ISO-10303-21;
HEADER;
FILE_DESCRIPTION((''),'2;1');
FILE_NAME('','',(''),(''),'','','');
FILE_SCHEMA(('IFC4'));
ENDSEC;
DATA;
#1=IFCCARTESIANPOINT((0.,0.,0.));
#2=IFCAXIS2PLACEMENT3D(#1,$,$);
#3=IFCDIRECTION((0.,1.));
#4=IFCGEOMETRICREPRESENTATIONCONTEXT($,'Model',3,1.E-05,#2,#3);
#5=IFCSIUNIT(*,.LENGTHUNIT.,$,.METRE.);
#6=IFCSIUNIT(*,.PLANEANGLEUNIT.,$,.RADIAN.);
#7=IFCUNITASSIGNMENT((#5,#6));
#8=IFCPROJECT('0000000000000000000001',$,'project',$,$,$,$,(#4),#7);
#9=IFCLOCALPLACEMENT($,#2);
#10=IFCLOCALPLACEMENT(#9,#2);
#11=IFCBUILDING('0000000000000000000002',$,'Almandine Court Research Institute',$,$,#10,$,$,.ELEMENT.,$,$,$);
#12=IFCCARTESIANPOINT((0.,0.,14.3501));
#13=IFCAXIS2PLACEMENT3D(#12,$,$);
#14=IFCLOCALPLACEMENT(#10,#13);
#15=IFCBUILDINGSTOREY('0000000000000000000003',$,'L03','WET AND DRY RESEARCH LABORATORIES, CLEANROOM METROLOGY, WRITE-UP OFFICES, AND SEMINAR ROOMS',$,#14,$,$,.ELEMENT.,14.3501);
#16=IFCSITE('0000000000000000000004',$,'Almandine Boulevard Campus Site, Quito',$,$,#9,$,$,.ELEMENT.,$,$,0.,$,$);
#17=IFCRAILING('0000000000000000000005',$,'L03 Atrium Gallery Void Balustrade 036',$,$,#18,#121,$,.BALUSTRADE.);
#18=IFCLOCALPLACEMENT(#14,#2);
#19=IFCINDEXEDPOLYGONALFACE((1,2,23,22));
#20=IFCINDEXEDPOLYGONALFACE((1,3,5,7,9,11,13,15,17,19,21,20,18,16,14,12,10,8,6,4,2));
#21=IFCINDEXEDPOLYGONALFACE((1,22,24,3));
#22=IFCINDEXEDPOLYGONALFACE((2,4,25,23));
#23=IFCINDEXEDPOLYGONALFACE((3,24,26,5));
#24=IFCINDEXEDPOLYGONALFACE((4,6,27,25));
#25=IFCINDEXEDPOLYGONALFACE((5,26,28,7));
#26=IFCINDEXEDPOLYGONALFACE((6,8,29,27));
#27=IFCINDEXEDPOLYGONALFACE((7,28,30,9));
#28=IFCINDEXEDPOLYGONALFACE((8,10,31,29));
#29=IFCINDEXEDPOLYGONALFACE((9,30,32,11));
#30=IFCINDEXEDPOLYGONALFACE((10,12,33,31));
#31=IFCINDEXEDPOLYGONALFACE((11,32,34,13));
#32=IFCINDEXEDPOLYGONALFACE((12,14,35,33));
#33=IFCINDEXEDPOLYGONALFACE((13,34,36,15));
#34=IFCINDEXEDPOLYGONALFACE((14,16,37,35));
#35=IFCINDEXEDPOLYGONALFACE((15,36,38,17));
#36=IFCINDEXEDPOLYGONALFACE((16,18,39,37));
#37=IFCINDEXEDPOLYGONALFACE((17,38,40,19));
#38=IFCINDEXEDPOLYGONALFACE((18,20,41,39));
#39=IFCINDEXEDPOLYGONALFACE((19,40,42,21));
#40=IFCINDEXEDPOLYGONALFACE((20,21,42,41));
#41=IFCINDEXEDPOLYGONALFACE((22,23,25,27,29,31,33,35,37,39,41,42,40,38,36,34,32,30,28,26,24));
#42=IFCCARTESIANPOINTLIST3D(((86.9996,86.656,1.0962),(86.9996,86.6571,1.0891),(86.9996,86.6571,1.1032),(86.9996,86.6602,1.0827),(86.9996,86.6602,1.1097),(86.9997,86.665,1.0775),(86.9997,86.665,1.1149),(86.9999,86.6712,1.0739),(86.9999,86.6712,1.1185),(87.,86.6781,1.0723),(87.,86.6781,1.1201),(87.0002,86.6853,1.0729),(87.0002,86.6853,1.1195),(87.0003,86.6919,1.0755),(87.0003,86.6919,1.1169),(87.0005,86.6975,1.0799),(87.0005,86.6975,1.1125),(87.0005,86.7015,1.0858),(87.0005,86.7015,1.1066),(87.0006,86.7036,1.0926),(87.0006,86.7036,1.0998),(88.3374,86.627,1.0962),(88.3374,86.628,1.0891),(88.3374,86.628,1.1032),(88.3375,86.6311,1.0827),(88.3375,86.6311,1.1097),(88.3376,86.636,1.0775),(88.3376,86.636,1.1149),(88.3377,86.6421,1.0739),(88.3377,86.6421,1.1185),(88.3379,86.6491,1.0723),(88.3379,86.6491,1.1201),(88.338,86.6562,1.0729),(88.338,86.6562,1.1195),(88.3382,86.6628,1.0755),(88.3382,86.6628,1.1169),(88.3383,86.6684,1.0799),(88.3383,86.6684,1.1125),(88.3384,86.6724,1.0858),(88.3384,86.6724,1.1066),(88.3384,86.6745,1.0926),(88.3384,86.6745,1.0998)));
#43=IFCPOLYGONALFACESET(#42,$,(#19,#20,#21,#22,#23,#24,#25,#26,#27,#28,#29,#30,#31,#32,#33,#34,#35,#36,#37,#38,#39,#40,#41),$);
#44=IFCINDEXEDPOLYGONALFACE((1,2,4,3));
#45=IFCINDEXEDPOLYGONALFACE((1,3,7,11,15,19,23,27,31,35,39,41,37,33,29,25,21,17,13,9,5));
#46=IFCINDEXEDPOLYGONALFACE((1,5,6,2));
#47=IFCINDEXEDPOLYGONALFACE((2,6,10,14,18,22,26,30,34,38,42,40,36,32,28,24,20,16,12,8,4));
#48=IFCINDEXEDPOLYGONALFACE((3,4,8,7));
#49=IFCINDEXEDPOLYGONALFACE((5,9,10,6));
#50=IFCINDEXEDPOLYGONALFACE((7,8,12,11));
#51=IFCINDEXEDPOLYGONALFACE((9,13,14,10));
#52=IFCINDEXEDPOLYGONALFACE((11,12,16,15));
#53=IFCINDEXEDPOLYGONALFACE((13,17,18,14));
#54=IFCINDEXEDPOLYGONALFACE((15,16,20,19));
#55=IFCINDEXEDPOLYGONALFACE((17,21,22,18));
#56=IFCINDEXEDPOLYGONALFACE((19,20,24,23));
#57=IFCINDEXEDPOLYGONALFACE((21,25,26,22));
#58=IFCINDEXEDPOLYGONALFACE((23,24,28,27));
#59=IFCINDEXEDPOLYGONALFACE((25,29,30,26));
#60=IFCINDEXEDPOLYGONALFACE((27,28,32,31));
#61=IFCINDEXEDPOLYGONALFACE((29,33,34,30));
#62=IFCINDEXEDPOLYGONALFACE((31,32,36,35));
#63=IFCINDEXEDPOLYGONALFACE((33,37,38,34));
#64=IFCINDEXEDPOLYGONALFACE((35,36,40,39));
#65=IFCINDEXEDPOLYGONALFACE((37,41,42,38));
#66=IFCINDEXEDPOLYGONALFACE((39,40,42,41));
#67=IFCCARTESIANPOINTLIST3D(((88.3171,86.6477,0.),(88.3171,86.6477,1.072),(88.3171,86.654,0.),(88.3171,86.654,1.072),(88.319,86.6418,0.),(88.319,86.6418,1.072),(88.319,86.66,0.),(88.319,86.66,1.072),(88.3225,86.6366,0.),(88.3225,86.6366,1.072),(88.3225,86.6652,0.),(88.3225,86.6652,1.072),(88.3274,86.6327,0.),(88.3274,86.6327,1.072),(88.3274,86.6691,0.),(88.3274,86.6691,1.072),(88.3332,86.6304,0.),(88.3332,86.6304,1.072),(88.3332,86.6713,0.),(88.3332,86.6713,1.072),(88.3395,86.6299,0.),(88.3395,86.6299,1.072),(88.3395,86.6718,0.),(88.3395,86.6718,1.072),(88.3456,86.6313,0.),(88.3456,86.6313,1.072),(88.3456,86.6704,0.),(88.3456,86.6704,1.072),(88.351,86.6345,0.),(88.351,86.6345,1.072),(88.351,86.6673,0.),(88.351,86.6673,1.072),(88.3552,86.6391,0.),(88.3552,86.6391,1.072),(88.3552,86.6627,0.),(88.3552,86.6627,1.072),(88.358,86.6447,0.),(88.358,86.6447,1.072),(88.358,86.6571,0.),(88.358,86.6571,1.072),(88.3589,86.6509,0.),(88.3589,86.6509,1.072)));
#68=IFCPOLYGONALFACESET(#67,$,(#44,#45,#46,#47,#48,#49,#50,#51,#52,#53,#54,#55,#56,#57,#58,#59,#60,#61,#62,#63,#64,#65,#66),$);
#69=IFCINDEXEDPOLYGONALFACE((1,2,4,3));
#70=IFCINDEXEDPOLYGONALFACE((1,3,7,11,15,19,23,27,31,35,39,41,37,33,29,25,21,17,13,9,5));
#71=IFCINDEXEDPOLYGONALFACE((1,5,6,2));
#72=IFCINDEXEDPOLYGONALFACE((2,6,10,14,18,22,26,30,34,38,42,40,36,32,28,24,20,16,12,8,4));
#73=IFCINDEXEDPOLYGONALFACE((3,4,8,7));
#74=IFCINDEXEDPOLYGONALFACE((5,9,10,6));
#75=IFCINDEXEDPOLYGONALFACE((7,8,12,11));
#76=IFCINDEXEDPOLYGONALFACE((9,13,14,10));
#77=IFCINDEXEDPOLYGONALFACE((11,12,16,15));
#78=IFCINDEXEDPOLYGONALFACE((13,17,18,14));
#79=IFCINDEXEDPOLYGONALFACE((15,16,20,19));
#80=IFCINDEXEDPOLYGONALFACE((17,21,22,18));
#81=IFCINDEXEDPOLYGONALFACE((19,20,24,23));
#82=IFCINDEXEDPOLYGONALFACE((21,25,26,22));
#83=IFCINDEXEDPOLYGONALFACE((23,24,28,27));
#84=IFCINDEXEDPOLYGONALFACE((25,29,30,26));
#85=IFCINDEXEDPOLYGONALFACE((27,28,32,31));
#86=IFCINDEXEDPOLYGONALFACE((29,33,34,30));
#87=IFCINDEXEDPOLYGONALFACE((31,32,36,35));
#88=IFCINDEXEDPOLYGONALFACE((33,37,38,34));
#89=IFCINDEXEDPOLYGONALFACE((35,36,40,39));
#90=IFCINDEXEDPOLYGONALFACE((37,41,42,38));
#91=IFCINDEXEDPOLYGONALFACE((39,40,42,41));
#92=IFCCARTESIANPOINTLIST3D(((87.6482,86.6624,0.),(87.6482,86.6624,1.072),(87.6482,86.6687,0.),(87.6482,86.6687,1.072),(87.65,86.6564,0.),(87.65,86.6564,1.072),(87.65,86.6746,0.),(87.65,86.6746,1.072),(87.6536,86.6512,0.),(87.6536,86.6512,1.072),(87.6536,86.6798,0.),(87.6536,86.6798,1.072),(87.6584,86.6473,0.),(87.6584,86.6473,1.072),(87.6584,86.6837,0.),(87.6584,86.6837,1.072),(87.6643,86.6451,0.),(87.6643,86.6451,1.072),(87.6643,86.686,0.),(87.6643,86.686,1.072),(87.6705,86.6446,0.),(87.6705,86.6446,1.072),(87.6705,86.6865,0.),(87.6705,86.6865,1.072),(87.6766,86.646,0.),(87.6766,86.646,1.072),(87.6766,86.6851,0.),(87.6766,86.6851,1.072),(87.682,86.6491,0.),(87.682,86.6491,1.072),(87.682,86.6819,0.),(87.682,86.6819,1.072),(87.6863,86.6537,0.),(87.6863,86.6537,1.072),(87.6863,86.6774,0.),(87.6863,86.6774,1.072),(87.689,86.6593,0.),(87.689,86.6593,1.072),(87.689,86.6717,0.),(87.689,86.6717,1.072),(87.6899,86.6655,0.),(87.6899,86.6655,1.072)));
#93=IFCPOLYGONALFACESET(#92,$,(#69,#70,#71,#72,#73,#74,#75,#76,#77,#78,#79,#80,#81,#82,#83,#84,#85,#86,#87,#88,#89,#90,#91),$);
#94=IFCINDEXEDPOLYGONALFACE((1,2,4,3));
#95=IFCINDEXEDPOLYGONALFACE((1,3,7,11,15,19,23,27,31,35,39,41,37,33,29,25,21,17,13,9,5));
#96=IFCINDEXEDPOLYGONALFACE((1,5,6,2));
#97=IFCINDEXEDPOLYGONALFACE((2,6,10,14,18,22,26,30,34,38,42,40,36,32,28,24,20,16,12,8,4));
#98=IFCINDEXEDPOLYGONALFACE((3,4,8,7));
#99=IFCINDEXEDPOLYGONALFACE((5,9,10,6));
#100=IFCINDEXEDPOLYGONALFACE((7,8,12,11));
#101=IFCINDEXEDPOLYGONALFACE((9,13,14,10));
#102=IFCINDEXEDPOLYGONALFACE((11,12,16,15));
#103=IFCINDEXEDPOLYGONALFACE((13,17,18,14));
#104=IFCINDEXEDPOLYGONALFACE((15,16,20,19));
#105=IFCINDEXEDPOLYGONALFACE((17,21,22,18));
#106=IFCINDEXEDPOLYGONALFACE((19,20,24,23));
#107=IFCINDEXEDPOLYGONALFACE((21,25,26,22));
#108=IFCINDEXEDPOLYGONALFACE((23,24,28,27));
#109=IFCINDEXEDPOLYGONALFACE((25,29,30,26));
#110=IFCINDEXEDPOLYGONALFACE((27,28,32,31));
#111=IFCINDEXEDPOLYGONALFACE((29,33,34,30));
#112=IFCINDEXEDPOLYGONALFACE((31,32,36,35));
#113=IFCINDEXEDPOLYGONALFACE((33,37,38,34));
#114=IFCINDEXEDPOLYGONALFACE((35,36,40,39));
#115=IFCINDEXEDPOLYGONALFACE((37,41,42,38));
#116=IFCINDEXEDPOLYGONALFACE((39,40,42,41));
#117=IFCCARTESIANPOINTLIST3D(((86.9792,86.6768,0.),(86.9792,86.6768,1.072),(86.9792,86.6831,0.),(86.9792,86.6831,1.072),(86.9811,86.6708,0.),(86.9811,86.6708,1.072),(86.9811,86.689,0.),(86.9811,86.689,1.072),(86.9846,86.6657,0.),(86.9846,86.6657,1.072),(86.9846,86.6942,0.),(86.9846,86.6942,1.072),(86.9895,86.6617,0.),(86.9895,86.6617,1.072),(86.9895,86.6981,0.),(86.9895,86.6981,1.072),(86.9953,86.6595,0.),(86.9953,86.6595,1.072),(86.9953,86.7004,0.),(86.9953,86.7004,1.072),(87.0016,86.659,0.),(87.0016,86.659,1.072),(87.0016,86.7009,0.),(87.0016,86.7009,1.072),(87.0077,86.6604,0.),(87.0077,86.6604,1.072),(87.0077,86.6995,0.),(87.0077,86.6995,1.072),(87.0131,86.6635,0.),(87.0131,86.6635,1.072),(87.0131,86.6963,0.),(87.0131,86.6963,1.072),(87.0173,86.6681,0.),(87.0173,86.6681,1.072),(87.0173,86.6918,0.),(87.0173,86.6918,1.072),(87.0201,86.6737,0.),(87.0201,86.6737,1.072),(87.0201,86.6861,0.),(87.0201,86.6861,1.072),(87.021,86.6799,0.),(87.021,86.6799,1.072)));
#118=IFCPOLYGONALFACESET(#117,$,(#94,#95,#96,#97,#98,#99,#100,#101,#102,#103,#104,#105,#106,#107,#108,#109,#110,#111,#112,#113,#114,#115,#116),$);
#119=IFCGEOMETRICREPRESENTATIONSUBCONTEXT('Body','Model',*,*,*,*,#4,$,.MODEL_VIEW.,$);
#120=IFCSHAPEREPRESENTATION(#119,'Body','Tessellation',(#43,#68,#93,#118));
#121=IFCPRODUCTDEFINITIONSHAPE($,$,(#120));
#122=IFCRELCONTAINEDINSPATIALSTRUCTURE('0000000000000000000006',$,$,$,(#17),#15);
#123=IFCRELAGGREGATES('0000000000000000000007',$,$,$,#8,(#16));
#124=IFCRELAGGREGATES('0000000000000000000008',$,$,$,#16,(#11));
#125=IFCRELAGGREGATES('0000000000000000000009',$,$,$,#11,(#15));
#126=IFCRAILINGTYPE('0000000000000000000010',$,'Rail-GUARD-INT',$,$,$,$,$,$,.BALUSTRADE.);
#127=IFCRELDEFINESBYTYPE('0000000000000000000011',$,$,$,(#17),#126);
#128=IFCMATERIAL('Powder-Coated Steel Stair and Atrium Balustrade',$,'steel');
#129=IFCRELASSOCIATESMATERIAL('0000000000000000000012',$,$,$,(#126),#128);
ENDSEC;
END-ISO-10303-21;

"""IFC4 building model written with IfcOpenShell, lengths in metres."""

from ifc_helpers import new_model, si_unit, direction, frame, origin, origin_2d, place, context, subcontext, project, spatial, circle, extrude, material, type_object, element, save


model = new_model("IFC4")

# Units and contexts
model_context = context("Model", 3, precision=1e-05, world=origin(), true_north=direction((0.0, 1.0)))
body_context = subcontext(model_context, "Body", "Model", "MODEL_VIEW")
ifc_project = project(units=[si_unit("LENGTHUNIT", "METRE"), si_unit("PLANEANGLEUNIT", "RADIAN")], contexts=[model_context])

# Site, building, storey
site_placement = place(None, origin())
site = spatial("IfcSite", under=ifc_project, at=site_placement, Name="Almandine Boulevard Campus Site, Quito", CompositionType="ELEMENT", RefElevation=0.0)
building_placement = place(site_placement, origin())
building = spatial("IfcBuilding", under=site, at=building_placement, Name="Almandine Court Research Institute", CompositionType="ELEMENT")
storey_placement = place(building_placement, frame((0.0, 0.0, 14.3501)))
storey = spatial("IfcBuildingStorey", under=building, at=storey_placement, Name="L03", Description="WET AND DRY RESEARCH LABORATORIES, CLEANROOM METROLOGY, WRITE-UP OFFICES, AND SEMINAR ROOMS", CompositionType="ELEMENT", Elevation=14.3501)

# Railing
ifc_material_1 = material(Name="Powder-Coated Steel Stair and Atrium Balustrade", Category="steel")
railing_type = type_object("IfcRailingType", Name="Rail-GUARD-INT", PredefinedType="BALUSTRADE", material=ifc_material_1)
railing_1_placement = place(storey_placement, frame((88.3379, 86.6509, 0.0)))
element("IfcRailing", 1, at=railing_1_placement, inside=storey, type_object=railing_type, Name="L03 Atrium Gallery Void Balustrade 036", PredefinedType="BALUSTRADE", context=body_context, shape_type="SweptSolid", body=[
    extrude(circle(Radius=0.0239, at=origin_2d()), frame((0.0, 0.0, 1.0962), z_axis=(-0.999764, 0.02171, 0.0), x_axis=(-0.02171, -0.999764, 0.0)), (0.0, 0.0, 1.0), 1.3381),
    extrude(circle(Radius=0.021, at=origin_2d()), origin(), (0.0, 0.0, 1.0), 1.072),
    extrude(circle(Radius=0.021, at=origin_2d()), frame((-0.6689, 0.0146, 0.0)), (0.0, 0.0, 1.0), 1.072),
    extrude(circle(Radius=0.021, at=origin_2d()), frame((-1.3379, 0.0291, 0.0)), (0.0, 0.0, 1.0), 1.072),
])

save(model, "model.ifc")
